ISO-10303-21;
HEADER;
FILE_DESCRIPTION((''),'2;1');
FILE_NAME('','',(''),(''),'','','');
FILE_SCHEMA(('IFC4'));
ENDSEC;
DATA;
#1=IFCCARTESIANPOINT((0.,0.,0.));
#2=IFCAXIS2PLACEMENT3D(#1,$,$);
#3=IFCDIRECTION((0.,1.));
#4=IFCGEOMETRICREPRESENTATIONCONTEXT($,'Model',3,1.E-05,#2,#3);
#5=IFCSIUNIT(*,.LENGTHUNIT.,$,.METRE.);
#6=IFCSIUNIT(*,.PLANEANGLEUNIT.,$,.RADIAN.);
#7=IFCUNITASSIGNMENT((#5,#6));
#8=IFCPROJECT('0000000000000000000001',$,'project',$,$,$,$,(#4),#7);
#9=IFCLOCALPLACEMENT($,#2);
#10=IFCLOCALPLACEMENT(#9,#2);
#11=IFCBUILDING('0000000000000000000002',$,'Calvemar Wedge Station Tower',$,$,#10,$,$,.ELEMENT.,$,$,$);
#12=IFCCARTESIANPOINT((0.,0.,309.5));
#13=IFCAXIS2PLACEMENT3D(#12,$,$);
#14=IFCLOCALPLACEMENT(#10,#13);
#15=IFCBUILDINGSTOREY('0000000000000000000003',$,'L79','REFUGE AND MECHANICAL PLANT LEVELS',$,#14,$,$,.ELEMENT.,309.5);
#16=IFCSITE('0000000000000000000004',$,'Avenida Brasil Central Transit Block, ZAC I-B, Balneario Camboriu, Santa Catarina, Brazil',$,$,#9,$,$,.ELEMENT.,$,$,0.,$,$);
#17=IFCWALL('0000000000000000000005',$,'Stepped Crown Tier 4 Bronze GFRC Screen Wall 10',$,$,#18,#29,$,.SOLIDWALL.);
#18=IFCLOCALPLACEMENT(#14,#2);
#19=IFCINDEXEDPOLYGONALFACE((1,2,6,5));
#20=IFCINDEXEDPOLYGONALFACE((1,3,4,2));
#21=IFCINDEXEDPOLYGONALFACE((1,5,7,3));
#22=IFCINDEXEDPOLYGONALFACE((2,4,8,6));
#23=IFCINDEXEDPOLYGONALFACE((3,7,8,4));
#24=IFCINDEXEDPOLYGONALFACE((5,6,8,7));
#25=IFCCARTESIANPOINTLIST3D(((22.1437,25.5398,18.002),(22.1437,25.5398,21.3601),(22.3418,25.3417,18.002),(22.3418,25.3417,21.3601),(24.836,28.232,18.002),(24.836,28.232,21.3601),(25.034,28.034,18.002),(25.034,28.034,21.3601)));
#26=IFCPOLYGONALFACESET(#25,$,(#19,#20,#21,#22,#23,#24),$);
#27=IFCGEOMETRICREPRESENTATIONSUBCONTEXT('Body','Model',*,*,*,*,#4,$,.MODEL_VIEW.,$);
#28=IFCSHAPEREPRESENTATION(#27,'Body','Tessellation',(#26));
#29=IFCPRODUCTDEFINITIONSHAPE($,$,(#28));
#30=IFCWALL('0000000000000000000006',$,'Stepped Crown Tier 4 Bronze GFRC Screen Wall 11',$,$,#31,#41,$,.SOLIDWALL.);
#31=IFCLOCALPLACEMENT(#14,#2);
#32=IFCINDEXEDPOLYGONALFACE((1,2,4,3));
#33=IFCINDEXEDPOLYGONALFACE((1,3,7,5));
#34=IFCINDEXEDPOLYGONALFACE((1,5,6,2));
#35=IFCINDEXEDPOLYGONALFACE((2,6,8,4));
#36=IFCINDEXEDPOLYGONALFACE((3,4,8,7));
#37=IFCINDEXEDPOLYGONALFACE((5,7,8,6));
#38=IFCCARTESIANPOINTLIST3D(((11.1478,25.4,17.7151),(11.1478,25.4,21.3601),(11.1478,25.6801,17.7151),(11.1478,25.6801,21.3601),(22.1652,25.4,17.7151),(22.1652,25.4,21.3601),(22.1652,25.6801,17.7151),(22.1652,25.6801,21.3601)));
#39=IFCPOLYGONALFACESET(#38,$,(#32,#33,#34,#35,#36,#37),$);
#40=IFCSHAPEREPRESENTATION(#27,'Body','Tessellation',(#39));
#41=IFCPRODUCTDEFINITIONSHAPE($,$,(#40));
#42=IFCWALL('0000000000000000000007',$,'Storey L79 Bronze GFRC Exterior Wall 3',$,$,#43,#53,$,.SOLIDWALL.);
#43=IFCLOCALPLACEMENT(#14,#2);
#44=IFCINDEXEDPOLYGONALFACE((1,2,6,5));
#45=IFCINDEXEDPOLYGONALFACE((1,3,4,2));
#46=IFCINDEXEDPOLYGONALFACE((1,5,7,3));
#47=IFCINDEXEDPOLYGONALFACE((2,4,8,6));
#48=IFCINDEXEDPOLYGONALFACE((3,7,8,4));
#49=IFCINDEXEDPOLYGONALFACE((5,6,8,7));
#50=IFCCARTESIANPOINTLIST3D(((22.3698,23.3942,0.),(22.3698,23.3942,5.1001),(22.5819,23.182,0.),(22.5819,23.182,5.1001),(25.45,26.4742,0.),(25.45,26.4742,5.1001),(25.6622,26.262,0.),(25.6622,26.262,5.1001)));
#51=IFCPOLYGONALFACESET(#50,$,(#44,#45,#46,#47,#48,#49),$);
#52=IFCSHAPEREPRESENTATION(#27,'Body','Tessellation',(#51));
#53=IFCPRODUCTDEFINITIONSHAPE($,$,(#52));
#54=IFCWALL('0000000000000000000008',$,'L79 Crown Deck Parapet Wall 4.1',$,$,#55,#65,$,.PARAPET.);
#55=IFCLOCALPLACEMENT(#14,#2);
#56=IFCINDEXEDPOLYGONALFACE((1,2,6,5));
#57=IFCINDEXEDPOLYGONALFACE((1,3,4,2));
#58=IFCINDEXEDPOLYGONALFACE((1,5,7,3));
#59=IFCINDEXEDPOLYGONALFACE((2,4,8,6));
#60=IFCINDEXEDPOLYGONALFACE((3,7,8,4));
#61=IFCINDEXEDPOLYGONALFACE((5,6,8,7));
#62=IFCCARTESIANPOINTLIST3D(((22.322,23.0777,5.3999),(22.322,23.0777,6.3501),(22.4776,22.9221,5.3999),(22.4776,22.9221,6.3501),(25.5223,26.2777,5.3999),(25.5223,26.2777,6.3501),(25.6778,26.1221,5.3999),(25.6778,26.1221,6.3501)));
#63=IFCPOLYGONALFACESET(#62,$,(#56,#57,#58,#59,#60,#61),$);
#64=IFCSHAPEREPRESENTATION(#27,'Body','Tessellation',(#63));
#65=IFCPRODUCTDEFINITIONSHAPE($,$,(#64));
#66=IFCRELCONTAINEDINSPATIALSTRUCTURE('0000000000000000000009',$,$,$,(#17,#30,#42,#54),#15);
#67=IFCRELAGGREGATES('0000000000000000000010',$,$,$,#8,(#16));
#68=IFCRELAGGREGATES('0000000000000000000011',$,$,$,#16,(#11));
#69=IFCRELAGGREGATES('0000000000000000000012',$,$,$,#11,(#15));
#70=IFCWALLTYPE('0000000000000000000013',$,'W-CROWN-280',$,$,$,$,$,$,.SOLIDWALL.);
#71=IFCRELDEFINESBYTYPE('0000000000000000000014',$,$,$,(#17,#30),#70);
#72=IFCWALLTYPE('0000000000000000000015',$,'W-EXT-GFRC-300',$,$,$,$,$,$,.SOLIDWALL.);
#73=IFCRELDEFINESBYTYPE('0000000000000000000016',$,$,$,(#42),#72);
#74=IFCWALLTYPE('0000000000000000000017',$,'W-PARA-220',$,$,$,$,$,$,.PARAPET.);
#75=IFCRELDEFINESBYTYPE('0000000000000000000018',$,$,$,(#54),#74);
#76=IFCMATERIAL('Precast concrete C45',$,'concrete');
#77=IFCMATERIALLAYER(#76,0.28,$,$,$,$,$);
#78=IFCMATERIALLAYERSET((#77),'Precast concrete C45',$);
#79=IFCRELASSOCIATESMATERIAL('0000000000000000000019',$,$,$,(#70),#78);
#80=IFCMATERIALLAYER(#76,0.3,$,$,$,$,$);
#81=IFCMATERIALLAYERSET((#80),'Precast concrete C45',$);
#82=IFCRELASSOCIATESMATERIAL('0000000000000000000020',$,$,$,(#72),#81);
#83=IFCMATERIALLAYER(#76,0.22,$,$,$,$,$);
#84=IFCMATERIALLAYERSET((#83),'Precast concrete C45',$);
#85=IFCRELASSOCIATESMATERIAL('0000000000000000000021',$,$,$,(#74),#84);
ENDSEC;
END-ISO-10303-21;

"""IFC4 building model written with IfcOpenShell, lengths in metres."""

from ifc_helpers import new_model, si_unit, direction, frame, frame_2d, origin, place, context, subcontext, project, spatial, rectangle, extrude, material, layer, layer_set, type_object, element, save


model = new_model("IFC4")

# Units and contexts
model_context = context("Model", 3, precision=1e-05, world=origin(), true_north=direction((0.0, 1.0)))
body_context = subcontext(model_context, "Body", "Model", "MODEL_VIEW")
ifc_project = project(units=[si_unit("LENGTHUNIT", "METRE"), si_unit("PLANEANGLEUNIT", "RADIAN")], contexts=[model_context])

# Site, building, storey
site_placement = place(None, origin())
site = spatial("IfcSite", under=ifc_project, at=site_placement, Name="Avenida Brasil Central Transit Block, ZAC I-B, Balneario Camboriu, Santa Catarina, Brazil", CompositionType="ELEMENT", RefElevation=0.0)
building_placement = place(site_placement, origin())
building = spatial("IfcBuilding", under=site, at=building_placement, Name="Calvemar Wedge Station Tower", CompositionType="ELEMENT")
storey_placement = place(building_placement, frame((0.0, 0.0, 309.5)))
storey = spatial("IfcBuildingStorey", under=building, at=storey_placement, Name="L79", Description="REFUGE AND MECHANICAL PLANT LEVELS", CompositionType="ELEMENT", Elevation=309.5)

# Walls
ifc_material_1 = material(Name="Precast concrete C45", Category="concrete")
ifc_layer_1 = layer(ifc_material_1, 0.28)
ifc_layer_set_1 = layer_set([ifc_layer_1], Name="Precast concrete C45")
wall_type_1 = type_object("IfcWallType", Name="W-CROWN-280", PredefinedType="SOLIDWALL", material=ifc_layer_set_1)
wall_1_placement = place(storey_placement, frame((24.9351, 28.1331, 18.002), z_axis=(0.0, 0.0, 1.0), x_axis=(-0.707107, -0.707107, 0.0)))
element("IfcWall", 1, at=wall_1_placement, inside=storey, type_object=wall_type_1, Name="Stepped Crown Tier 4 Bronze GFRC Screen Wall 10", PredefinedType="SOLIDWALL", context=body_context, shape_type="SweptSolid", body=[
    extrude(rectangle(XDim=3.8074, YDim=0.28, at=frame_2d((1.9038, 0.0))), origin(), (0.0, 0.0, 1.0), 3.3582),
])
wall_2_placement = place(storey_placement, frame((22.1653, 25.54, 17.7151), z_axis=(0.0, 0.0, 1.0), x_axis=(-1.0, 0.0, 0.0)))
element("IfcWall", 2, at=wall_2_placement, inside=storey, type_object=wall_type_1, Name="Stepped Crown Tier 4 Bronze GFRC Screen Wall 11", PredefinedType="SOLIDWALL", context=body_context, shape_type="SweptSolid", body=[
    extrude(rectangle(XDim=11.0173, YDim=0.28, at=frame_2d((5.5088, 0.0))), origin(), (0.0, 0.0, 1.0), 3.645),
])
ifc_layer_2 = layer(ifc_material_1, 0.3)
ifc_layer_set_2 = layer_set([ifc_layer_2], Name="Precast concrete C45")
wall_type_2 = type_object("IfcWallType", Name="W-EXT-GFRC-300", PredefinedType="SOLIDWALL", material=ifc_layer_set_2)
wall_3_placement = place(storey_placement, frame((22.4758, 23.2881, 0.0), z_axis=(0.0, 0.0, 1.0), x_axis=(0.707135, 0.707079, 0.0)))
element("IfcWall", 3, at=wall_3_placement, inside=storey, type_object=wall_type_2, Name="Storey L79 Bronze GFRC Exterior Wall 3", PredefinedType="SOLIDWALL", context=body_context, shape_type="SweptSolid", body=[
    extrude(rectangle(XDim=4.356, YDim=0.3, at=frame_2d((2.178, 0.0))), origin(), (0.0, 0.0, 1.0), 5.1001),
])
ifc_layer_3 = layer(ifc_material_1, 0.22)
ifc_layer_set_3 = layer_set([ifc_layer_3], Name="Precast concrete C45")
wall_type_3 = type_object("IfcWallType", Name="W-PARA-220", PredefinedType="PARAPET", material=ifc_layer_set_3)
wall_4_placement = place(storey_placement, frame((22.3999, 23.0, 5.3999), z_axis=(0.0, 0.0, 1.0), x_axis=(0.707134, 0.70708, 0.0)))
element("IfcWall", 4, at=wall_4_placement, inside=storey, type_object=wall_type_3, Name="L79 Crown Deck Parapet Wall 4.1", PredefinedType="PARAPET", context=body_context, shape_type="SweptSolid", body=[
    extrude(rectangle(XDim=4.5256, YDim=0.22, at=frame_2d((2.2627, 0.0))), origin(), (0.0, 0.0, 1.0), 0.9502),
])

save(model, "model.ifc")
